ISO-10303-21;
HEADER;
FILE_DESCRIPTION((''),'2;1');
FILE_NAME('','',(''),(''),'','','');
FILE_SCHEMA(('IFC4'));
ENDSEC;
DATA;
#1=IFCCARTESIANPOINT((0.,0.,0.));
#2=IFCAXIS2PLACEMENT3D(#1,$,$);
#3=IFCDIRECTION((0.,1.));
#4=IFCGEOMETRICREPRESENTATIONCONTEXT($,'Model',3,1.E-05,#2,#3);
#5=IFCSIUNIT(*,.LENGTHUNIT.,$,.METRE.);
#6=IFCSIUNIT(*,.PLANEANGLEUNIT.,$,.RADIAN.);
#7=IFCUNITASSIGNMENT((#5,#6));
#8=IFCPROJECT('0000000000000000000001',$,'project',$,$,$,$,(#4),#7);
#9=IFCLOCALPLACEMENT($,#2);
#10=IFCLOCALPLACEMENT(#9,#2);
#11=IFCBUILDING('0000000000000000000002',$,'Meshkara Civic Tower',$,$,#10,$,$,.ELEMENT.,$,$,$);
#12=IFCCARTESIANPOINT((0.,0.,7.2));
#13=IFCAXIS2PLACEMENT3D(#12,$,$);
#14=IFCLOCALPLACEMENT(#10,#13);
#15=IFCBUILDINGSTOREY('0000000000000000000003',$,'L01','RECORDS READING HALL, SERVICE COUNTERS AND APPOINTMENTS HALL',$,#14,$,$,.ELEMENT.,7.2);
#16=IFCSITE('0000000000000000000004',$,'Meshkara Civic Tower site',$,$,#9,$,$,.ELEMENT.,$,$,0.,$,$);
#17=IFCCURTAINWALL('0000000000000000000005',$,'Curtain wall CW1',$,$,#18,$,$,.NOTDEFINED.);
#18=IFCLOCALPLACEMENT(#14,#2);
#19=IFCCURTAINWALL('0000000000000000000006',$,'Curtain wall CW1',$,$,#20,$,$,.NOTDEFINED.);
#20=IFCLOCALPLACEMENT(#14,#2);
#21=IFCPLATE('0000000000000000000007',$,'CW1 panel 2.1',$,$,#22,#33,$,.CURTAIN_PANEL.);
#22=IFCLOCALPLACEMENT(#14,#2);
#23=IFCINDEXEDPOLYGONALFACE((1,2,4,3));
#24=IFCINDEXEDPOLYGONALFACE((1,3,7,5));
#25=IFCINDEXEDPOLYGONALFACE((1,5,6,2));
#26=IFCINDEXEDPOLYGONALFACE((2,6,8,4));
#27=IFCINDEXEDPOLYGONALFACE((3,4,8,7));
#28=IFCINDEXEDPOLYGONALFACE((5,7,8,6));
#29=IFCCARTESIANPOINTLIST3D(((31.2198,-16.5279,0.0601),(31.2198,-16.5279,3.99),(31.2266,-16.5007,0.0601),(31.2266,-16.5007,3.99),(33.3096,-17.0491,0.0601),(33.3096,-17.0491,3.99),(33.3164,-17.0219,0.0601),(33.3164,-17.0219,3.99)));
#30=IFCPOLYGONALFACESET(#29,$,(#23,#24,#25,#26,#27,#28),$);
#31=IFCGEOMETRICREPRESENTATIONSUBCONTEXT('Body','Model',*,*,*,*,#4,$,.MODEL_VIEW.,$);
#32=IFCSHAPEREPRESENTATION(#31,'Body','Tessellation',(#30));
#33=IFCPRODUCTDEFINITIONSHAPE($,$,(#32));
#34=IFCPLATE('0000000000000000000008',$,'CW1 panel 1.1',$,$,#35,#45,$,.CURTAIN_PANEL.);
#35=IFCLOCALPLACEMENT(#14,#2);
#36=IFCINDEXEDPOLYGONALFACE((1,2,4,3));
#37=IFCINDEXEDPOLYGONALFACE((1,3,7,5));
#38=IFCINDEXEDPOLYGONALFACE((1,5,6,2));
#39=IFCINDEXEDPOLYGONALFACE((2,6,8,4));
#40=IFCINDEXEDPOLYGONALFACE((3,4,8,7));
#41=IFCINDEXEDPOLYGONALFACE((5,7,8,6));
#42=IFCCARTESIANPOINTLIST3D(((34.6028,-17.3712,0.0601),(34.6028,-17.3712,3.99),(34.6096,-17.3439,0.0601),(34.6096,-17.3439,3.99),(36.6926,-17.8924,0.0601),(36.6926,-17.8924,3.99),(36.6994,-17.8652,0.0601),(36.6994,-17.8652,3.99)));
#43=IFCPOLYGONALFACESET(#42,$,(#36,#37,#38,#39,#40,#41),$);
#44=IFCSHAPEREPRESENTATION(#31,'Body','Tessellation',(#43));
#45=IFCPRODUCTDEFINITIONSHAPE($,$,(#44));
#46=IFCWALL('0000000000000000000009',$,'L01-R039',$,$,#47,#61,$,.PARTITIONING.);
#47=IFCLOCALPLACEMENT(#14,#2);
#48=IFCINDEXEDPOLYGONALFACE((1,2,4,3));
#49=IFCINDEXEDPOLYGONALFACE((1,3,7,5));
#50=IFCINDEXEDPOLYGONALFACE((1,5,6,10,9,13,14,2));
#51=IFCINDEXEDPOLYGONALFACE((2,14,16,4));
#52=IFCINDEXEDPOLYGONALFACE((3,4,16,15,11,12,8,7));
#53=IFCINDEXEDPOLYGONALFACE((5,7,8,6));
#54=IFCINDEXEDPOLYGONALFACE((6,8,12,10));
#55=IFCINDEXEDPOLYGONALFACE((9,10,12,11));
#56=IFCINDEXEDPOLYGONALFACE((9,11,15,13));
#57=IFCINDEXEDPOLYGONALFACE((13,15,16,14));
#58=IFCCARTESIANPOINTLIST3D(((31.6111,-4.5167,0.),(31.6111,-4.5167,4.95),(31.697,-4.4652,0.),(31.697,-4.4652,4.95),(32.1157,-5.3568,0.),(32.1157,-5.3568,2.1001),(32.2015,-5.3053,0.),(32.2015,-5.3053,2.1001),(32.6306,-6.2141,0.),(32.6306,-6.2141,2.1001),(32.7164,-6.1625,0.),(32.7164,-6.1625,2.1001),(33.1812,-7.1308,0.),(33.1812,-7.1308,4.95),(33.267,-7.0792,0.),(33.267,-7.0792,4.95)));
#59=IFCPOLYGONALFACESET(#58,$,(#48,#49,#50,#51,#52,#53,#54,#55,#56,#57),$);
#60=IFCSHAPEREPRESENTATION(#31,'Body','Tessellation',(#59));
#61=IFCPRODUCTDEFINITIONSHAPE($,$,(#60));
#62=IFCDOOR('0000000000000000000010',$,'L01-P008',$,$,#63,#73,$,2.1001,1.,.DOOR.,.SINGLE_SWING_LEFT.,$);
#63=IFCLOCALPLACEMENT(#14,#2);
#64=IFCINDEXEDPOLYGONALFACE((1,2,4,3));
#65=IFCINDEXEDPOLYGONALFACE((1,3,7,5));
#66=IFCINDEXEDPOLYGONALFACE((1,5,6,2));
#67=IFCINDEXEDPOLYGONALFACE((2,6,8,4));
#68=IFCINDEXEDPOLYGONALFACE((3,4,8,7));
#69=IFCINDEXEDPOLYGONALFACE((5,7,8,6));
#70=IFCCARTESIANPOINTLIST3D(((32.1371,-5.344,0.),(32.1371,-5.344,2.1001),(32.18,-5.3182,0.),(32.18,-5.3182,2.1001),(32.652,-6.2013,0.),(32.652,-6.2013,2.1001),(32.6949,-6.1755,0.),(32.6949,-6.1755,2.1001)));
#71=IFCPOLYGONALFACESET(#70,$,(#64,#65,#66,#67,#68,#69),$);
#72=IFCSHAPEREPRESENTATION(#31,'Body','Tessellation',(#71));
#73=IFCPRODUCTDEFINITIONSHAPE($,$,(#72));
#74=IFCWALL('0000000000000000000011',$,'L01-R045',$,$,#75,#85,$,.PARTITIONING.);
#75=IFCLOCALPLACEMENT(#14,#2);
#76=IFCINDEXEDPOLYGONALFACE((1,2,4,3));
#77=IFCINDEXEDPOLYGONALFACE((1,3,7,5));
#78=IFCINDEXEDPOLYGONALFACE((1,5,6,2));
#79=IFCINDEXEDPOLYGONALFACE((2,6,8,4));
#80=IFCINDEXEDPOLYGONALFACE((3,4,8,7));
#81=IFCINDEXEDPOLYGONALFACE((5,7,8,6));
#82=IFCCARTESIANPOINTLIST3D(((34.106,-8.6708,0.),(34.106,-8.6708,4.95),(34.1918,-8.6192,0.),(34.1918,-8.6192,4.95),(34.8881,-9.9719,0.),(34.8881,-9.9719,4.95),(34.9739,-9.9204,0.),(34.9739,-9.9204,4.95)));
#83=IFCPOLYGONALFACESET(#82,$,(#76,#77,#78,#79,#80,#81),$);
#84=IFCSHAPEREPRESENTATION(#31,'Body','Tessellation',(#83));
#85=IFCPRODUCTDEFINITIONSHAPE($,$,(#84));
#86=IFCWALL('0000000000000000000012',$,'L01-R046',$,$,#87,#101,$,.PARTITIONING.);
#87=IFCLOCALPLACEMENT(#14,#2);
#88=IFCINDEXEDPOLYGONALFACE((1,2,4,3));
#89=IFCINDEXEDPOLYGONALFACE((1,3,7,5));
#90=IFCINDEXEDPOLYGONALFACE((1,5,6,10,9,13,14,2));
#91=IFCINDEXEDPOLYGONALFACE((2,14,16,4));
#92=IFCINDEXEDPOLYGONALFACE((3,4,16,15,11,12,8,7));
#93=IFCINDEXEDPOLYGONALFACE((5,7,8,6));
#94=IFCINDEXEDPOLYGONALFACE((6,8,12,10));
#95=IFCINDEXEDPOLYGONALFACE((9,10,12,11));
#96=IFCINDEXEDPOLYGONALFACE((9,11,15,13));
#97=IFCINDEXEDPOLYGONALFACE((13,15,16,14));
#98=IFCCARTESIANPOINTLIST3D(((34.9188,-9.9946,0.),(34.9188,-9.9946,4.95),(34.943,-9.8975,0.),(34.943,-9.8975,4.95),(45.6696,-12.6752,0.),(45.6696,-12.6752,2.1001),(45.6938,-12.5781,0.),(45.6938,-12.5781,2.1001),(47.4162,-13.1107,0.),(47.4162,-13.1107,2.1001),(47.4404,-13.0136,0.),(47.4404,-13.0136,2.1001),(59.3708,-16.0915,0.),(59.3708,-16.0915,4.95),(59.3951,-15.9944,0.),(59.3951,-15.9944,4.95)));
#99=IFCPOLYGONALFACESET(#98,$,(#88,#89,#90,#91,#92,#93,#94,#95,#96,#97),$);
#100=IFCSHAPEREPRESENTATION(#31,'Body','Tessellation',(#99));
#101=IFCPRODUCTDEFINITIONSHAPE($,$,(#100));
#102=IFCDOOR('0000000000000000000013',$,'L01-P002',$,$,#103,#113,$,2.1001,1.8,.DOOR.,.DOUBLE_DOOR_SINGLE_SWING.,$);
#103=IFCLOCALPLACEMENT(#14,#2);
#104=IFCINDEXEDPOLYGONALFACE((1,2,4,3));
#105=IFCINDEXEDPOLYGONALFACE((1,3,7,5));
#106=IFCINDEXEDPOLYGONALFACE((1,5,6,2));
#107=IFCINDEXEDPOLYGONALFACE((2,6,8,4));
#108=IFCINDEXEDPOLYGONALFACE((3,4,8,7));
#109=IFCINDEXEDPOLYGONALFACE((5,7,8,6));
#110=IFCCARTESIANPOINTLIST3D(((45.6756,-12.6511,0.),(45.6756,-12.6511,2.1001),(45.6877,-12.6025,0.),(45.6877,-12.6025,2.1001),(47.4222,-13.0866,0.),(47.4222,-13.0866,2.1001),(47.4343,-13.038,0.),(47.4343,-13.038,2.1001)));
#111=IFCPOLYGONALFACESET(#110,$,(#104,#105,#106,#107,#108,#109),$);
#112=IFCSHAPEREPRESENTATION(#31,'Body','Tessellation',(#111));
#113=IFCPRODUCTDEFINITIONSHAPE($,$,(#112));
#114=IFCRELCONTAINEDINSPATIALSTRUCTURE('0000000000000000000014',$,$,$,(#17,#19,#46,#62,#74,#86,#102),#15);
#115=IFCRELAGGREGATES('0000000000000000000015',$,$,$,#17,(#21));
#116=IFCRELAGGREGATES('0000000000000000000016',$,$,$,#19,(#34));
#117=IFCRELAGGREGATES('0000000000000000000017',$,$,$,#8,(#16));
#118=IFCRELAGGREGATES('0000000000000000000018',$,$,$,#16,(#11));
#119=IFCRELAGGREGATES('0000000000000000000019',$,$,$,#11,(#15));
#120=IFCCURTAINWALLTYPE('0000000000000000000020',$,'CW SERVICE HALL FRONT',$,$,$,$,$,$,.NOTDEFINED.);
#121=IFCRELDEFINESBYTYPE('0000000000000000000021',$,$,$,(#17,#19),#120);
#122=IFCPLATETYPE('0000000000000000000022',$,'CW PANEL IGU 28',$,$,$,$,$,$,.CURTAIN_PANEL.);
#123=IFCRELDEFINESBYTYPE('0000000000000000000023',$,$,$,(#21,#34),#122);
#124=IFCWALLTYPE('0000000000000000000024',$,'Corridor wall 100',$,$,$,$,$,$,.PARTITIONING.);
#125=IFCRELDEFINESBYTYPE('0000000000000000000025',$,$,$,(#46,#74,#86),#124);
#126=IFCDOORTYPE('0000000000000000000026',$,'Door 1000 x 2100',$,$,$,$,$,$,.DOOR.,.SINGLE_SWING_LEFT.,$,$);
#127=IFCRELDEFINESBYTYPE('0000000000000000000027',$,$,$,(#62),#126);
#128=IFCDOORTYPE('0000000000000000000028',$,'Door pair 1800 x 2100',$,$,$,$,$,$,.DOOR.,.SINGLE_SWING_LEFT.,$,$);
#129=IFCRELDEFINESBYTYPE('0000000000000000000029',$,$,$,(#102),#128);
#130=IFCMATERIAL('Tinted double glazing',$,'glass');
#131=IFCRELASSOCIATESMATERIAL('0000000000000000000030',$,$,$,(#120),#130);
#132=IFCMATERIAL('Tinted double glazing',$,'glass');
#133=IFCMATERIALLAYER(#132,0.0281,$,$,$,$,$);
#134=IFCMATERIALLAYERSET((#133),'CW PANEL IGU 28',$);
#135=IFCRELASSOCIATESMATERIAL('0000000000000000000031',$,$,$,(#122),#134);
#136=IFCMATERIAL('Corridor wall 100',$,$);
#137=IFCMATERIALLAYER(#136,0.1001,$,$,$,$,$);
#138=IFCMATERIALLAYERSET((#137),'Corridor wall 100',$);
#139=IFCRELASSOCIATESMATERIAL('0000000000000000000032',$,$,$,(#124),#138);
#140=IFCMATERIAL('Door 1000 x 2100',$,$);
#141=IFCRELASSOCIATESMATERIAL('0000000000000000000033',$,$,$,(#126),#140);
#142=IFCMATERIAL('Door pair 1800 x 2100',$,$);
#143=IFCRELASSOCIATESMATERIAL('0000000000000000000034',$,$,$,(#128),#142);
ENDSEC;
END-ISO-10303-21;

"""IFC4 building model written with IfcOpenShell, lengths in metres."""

from ifc_helpers import new_model, si_unit, direction, frame, frame_2d, origin, origin_2d, place, context, subcontext, project, spatial, rectangle, extrude, material, layer, layer_set, type_object, element, fill, aggregate, save


model = new_model("IFC4")

# Units and contexts
model_context = context("Model", 3, precision=1e-05, world=origin(), true_north=direction((0.0, 1.0)))
body_context = subcontext(model_context, "Body", "Model", "MODEL_VIEW")
ifc_project = project(units=[si_unit("LENGTHUNIT", "METRE"), si_unit("PLANEANGLEUNIT", "RADIAN")], contexts=[model_context])

# Site, building, storey
site_placement = place(None, origin())
site = spatial("IfcSite", under=ifc_project, at=site_placement, Name="Meshkara Civic Tower site", CompositionType="ELEMENT", RefElevation=0.0)
building_placement = place(site_placement, origin())
building = spatial("IfcBuilding", under=site, at=building_placement, Name="Meshkara Civic Tower", CompositionType="ELEMENT")
storey_placement = place(building_placement, frame((0.0, 0.0, 7.2)))
storey = spatial("IfcBuildingStorey", under=building, at=storey_placement, Name="L01", Description="RECORDS READING HALL, SERVICE COUNTERS AND APPOINTMENTS HALL", CompositionType="ELEMENT", Elevation=7.2)

# Curtain wall
ifc_material_1 = material(Name="Tinted double glazing", Category="glass")
curtain_wall_type = type_object("IfcCurtainWallType", Name="CW SERVICE HALL FRONT", PredefinedType="NOTDEFINED", material=ifc_material_1)
curtain_wall_1_placement = place(storey_placement, origin())
curtain_wall_1 = element("IfcCurtainWall", 1, at=curtain_wall_1_placement, inside=storey, type_object=curtain_wall_type, Name="Curtain wall CW1", PredefinedType="NOTDEFINED")

# Curtain wall
curtain_wall_2_placement = place(storey_placement, origin())
curtain_wall_2 = element("IfcCurtainWall", 2, at=curtain_wall_2_placement, inside=storey, type_object=curtain_wall_type, Name="Curtain wall CW1", PredefinedType="NOTDEFINED")

# Plates
ifc_material_2 = material(Name="Tinted double glazing", Category="glass")
ifc_layer_1 = layer(ifc_material_2, 0.0281)
ifc_layer_set_1 = layer_set([ifc_layer_1], Name="CW PANEL IGU 28")
plate_type = type_object("IfcPlateType", Name="CW PANEL IGU 28", PredefinedType="CURTAIN_PANEL", material=ifc_layer_set_1)
plate_1_placement = place(storey_placement, frame((32.2681, -16.7749, 0.0601), z_axis=(0.0, 0.0, 1.0), x_axis=(0.970273, -0.242011, 0.0)))
plate_1 = element("IfcPlate", 3, at=plate_1_placement, type_object=plate_type, Name="CW1 panel 2.1", PredefinedType="CURTAIN_PANEL", context=body_context, shape_type="SweptSolid", body=[
    extrude(rectangle(XDim=2.1538, YDim=0.0281, at=origin_2d()), origin(), (0.0, 0.0, 1.0), 3.9299),
])
aggregate(curtain_wall_1, [plate_1])
plate_2_placement = place(storey_placement, frame((35.6511, -17.6182, 0.0601), z_axis=(0.0, 0.0, 1.0), x_axis=(0.970273, -0.242011, 0.0)))
plate_2 = element("IfcPlate", 4, at=plate_2_placement, type_object=plate_type, Name="CW1 panel 1.1", PredefinedType="CURTAIN_PANEL", context=body_context, shape_type="SweptSolid", body=[
    extrude(rectangle(XDim=2.1538, YDim=0.0281, at=origin_2d()), origin(), (0.0, 0.0, 1.0), 3.9299),
])
aggregate(curtain_wall_2, [plate_2])

# Wall, opening, door
ifc_material_3 = material(Name="Corridor wall 100")
ifc_layer_2 = layer(ifc_material_3, 0.1001)
ifc_layer_set_2 = layer_set([ifc_layer_2], Name="Corridor wall 100")
wall_type = type_object("IfcWallType", Name="Corridor wall 100", PredefinedType="PARTITIONING", material=ifc_layer_set_2)
wall_1_placement = place(storey_placement, frame((31.6541, -4.491, 0.0), z_axis=(0.0, 0.0, 1.0), x_axis=(0.514896, -0.857253, 0.0)))
wall_1 = element("IfcWall", 5, at=wall_1_placement, inside=storey, type_object=wall_type, Name="L01-R039", PredefinedType="PARTITIONING", context=body_context, shape_type="SweptSolid", body=[
    extrude(rectangle(XDim=3.0493, YDim=0.1001, at=frame_2d((1.5247, 0.0))), origin(), (0.0, 0.0, 1.0), 4.95),
])
opening_1_placement = place(wall_1_placement, frame((0.98, 0.0, 0.0)))
opening_1 = element("IfcOpeningElement", 6, at=opening_1_placement, cuts=wall_1, PredefinedType="OPENING", context=body_context, shape_type="SweptSolid", body=[
    extrude(rectangle(XDim=1.0, YDim=2.1001, at=frame_2d((0.5, 1.05))), frame((0.0, 0.0601, 0.0), z_axis=(0.0, -1.0, 0.0), x_axis=(1.0, 0.0, 0.0)), (0.0, 0.0, 1.0), 0.1201),
])
ifc_material_4 = material(Name="Door 1000 x 2100")
door_type_1 = type_object("IfcDoorType", Name="Door 1000 x 2100", OperationType="SINGLE_SWING_LEFT", PredefinedType="DOOR", material=ifc_material_4)
door_1_placement = place(opening_1_placement, origin())
door_1 = element("IfcDoor", 7, at=door_1_placement, inside=storey, type_object=door_type_1, Name="L01-P008", OperationType="SINGLE_SWING_LEFT", OverallHeight=2.1001, OverallWidth=1.0, PredefinedType="DOOR", context=body_context, shape_type="SweptSolid", body=[
    extrude(rectangle(XDim=1.0, YDim=2.1001, at=frame_2d((0.5, 1.05))), frame((0.0, 0.0249, 0.0), z_axis=(0.0, -1.0, 0.0), x_axis=(1.0, 0.0, 0.0)), (0.0, 0.0, 1.0), 0.05),
])
fill(opening_1, door_1)

# Wall
wall_2_placement = place(storey_placement, frame((34.1489, -8.645, 0.0), z_axis=(0.0, 0.0, 1.0), x_axis=(0.515158, -0.857095, 0.0)))
element("IfcWall", 8, at=wall_2_placement, inside=storey, type_object=wall_type, Name="L01-R045", PredefinedType="PARTITIONING", context=body_context, shape_type="SweptSolid", body=[
    extrude(rectangle(XDim=1.5181, YDim=0.1001, at=frame_2d((0.759, 0.0))), origin(), (0.0, 0.0, 1.0), 4.95),
])

# Wall, opening, door
wall_3_placement = place(storey_placement, frame((34.9309, -9.946, 0.0), z_axis=(0.0, 0.0, 1.0), x_axis=(0.970293, -0.241934, 0.0)))
wall_3 = element("IfcWall", 9, at=wall_3_placement, inside=storey, type_object=wall_type, Name="L01-R046", PredefinedType="PARTITIONING", context=body_context, shape_type="SweptSolid", body=[
    extrude(rectangle(XDim=25.2007, YDim=0.1001, at=frame_2d((12.6003, 0.0))), origin(), (0.0, 0.0, 1.0), 4.95),
])
opening_2_placement = place(wall_3_placement, frame((11.0801, 0.0, 0.0)))
opening_2 = element("IfcOpeningElement", 10, at=opening_2_placement, cuts=wall_3, PredefinedType="OPENING", context=body_context, shape_type="SweptSolid", body=[
    extrude(rectangle(XDim=1.8, YDim=2.1001, at=frame_2d((0.8999, 1.05))), frame((0.0, 0.0601, 0.0), z_axis=(0.0, -1.0, 0.0), x_axis=(1.0, 0.0, 0.0)), (0.0, 0.0, 1.0), 0.1201),
])
ifc_material_5 = material(Name="Door pair 1800 x 2100")
door_type_2 = type_object("IfcDoorType", Name="Door pair 1800 x 2100", OperationType="SINGLE_SWING_LEFT", PredefinedType="DOOR", material=ifc_material_5)
door_2_placement = place(opening_2_placement, origin())
door_2 = element("IfcDoor", 11, at=door_2_placement, inside=storey, type_object=door_type_2, Name="L01-P002", OperationType="DOUBLE_DOOR_SINGLE_SWING", OverallHeight=2.1001, OverallWidth=1.8, PredefinedType="DOOR", context=body_context, shape_type="SweptSolid", body=[
    extrude(rectangle(XDim=1.8, YDim=2.1001, at=frame_2d((0.8999, 1.05))), frame((0.0, 0.0249, 0.0), z_axis=(0.0, -1.0, 0.0), x_axis=(1.0, 0.0, 0.0)), (0.0, 0.0, 1.0), 0.05),
])
fill(opening_2, door_2)

save(model, "model.ifc")
